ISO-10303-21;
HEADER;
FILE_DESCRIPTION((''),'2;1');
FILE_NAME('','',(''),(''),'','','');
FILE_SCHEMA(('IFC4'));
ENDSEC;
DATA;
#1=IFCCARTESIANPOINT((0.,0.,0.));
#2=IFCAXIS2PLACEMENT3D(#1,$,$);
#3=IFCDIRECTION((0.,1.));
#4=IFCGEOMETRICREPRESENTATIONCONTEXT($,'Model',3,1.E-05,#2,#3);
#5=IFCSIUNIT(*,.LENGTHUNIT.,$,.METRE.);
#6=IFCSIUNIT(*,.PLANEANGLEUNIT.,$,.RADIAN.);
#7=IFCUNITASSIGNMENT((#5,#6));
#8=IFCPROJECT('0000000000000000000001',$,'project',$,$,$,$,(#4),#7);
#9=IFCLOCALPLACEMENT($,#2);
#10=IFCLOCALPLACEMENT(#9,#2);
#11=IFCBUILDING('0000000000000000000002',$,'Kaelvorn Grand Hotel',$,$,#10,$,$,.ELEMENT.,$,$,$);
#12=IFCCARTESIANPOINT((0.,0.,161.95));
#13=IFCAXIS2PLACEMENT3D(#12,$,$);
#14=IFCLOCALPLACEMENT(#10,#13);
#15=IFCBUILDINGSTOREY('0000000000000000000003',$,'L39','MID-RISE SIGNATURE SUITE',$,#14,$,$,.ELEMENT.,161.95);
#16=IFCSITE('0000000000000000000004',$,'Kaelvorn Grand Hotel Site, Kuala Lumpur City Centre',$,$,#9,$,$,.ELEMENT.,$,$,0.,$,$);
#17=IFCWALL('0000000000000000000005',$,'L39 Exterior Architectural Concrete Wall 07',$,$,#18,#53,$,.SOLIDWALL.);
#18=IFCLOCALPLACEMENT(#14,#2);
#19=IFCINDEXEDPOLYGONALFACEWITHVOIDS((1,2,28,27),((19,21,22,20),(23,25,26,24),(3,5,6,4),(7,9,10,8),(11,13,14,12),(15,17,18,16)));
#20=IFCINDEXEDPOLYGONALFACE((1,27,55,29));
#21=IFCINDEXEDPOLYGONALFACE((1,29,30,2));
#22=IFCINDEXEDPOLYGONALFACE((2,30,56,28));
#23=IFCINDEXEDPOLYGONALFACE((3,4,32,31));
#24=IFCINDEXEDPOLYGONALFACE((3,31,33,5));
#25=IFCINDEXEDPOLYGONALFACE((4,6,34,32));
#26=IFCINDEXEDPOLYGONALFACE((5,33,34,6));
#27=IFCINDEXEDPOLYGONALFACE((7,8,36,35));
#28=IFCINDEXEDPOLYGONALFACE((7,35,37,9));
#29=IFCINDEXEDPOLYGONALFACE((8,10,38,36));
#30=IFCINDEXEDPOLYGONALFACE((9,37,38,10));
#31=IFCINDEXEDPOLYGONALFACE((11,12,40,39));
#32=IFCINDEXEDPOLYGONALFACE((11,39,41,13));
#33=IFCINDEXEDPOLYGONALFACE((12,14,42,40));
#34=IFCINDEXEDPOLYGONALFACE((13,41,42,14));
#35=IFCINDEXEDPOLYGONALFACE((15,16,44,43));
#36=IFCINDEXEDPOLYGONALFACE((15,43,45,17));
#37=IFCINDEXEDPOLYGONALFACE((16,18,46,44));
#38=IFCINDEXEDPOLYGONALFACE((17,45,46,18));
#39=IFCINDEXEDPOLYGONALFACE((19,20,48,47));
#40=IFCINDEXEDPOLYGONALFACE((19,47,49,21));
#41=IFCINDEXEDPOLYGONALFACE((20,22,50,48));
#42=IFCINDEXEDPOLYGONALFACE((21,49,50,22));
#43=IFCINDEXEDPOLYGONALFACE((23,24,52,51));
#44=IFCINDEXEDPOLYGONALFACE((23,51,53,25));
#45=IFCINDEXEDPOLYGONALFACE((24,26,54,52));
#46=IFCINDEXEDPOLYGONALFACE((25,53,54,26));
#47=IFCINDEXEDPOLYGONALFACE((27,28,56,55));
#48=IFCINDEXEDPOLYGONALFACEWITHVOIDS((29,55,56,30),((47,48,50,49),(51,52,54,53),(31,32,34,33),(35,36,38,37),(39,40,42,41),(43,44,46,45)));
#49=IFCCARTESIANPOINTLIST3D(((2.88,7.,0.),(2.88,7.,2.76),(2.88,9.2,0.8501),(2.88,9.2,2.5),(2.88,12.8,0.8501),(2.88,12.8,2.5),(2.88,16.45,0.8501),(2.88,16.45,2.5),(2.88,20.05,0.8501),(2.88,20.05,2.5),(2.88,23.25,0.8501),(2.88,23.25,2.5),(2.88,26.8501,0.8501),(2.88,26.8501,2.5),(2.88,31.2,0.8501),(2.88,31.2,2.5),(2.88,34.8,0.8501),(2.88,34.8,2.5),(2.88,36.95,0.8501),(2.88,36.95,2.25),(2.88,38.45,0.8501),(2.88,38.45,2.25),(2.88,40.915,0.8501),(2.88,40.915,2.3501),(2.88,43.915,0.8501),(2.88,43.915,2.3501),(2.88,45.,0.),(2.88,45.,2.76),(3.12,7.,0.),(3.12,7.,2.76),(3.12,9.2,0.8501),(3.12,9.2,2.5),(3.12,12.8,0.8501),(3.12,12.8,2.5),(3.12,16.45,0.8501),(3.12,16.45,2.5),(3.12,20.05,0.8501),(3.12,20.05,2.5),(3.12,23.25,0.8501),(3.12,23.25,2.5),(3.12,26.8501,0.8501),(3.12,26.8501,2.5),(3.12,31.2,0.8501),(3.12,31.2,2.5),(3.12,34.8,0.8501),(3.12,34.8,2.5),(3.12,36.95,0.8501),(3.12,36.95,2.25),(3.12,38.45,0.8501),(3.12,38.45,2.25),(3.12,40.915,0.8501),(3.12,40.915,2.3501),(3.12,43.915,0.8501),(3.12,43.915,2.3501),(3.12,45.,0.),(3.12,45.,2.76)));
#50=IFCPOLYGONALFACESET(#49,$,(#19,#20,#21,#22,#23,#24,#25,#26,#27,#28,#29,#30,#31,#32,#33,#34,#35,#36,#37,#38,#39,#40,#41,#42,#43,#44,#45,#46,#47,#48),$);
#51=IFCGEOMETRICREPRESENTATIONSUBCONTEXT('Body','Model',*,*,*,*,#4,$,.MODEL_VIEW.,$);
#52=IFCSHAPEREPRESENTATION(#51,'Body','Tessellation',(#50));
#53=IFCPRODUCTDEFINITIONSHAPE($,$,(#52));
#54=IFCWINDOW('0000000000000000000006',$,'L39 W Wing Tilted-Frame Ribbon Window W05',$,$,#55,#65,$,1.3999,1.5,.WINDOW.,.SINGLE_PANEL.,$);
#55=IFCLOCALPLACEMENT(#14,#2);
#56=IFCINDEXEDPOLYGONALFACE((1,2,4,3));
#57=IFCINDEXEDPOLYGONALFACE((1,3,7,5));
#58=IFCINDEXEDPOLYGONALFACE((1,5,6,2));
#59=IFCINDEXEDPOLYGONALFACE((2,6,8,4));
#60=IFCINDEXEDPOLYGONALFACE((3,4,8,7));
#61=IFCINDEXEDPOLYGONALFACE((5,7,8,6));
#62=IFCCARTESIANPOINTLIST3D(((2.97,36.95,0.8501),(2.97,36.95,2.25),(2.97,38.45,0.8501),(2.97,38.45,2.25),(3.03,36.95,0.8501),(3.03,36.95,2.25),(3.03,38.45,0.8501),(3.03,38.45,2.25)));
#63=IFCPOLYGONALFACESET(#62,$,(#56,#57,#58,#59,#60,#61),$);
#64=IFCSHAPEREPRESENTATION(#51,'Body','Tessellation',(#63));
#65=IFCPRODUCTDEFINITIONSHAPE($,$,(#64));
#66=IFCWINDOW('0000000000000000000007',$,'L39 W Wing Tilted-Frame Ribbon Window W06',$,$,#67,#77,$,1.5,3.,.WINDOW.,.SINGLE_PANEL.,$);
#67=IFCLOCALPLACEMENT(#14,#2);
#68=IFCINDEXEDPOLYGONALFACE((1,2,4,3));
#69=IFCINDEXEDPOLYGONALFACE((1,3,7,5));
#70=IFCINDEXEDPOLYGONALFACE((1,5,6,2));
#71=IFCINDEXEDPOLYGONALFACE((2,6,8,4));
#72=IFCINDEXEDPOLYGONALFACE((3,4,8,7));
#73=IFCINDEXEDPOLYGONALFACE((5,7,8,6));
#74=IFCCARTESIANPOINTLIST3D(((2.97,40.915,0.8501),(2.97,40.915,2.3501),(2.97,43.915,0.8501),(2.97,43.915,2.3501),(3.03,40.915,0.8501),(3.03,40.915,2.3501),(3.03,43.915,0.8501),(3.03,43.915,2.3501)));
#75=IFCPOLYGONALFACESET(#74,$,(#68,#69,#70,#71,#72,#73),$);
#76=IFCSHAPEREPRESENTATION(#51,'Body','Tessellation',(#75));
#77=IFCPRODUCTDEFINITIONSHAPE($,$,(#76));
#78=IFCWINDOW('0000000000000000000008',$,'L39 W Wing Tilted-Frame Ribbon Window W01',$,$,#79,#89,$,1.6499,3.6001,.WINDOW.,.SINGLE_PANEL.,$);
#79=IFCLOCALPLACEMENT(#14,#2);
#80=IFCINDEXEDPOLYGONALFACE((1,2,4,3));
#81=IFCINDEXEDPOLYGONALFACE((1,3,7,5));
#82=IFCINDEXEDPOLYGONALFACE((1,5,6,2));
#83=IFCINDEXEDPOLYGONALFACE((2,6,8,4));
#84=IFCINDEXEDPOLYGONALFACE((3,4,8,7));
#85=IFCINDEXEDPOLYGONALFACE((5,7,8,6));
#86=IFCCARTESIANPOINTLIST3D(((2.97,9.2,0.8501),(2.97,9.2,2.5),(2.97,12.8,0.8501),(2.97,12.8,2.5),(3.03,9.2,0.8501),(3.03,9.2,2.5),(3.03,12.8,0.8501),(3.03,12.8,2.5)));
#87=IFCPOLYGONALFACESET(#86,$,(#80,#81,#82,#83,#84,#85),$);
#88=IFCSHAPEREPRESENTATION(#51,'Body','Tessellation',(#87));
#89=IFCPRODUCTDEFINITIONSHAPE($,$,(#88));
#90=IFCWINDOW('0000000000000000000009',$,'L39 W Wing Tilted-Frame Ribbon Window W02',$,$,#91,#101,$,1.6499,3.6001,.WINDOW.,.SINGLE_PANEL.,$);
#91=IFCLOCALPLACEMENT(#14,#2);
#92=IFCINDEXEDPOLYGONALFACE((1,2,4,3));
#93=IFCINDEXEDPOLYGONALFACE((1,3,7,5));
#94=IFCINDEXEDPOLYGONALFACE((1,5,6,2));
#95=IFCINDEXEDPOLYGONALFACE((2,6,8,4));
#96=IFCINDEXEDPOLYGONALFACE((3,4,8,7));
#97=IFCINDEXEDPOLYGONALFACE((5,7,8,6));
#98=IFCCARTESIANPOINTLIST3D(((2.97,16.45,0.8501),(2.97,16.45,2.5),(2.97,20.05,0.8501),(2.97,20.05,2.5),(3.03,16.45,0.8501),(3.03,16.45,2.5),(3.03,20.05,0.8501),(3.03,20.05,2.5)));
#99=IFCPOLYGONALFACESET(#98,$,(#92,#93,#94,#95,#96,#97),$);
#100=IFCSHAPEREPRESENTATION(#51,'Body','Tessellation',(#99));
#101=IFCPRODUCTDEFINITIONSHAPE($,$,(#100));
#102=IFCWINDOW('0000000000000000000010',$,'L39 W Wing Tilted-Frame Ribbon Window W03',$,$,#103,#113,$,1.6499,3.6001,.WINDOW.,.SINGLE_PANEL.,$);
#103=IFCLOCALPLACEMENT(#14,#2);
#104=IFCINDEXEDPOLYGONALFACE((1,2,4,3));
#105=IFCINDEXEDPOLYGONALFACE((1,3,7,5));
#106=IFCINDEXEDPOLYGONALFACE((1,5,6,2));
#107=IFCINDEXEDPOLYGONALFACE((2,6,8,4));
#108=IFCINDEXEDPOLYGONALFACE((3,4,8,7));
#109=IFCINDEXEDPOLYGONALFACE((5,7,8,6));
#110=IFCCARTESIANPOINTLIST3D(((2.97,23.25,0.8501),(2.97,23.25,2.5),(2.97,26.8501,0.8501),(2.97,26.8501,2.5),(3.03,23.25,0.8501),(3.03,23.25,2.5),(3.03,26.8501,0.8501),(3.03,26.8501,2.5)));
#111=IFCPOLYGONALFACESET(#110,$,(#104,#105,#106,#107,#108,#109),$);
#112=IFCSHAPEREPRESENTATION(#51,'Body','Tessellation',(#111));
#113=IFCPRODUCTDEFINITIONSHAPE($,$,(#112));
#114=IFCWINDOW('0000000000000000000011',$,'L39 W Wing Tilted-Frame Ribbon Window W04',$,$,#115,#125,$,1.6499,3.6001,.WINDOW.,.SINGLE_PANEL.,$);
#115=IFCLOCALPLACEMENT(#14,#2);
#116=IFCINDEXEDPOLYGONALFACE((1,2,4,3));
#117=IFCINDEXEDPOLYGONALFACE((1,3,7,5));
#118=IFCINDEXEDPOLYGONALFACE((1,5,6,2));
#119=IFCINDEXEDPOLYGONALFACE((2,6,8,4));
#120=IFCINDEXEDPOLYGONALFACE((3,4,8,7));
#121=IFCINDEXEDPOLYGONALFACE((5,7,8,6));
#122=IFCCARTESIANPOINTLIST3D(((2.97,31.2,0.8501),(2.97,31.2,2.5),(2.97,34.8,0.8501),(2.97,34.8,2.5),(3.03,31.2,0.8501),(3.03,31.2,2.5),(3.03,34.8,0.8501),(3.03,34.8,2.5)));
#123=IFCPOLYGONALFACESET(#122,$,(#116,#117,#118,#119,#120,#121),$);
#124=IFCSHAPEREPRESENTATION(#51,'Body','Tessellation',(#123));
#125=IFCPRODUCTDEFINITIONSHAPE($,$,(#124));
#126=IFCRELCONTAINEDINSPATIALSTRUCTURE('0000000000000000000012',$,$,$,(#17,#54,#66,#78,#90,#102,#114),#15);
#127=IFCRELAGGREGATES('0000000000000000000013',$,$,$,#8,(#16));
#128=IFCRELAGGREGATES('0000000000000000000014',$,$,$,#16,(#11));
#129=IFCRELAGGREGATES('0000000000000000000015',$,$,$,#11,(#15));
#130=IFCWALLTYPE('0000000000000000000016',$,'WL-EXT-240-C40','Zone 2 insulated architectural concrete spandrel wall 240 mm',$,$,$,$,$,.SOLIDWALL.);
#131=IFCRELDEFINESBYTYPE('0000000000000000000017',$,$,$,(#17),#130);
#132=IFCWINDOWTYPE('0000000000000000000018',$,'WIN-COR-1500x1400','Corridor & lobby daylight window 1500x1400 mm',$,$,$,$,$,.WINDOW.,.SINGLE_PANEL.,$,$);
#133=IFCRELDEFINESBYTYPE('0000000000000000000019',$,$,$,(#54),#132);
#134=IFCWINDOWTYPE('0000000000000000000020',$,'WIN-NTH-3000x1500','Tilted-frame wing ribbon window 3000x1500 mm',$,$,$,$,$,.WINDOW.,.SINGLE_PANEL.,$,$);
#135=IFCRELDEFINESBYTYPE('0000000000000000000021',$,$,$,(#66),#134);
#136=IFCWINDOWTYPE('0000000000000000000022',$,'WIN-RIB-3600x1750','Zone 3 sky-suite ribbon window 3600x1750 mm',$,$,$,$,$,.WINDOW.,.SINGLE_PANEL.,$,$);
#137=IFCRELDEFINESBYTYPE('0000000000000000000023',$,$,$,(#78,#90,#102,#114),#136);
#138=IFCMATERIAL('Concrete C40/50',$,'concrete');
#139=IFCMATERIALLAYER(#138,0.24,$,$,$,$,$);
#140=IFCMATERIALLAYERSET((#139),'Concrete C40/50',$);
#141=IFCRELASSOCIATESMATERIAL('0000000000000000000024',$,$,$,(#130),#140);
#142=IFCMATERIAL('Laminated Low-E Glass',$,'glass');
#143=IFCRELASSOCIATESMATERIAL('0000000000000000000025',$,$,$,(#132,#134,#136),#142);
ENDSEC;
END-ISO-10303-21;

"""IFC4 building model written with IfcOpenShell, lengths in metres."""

from ifc_helpers import new_model, si_unit, direction, frame, frame_2d, origin, place, context, subcontext, project, spatial, rectangle, extrude, material, layer, layer_set, type_object, element, fill, save


model = new_model("IFC4")

# Units and contexts
model_context = context("Model", 3, precision=1e-05, world=origin(), true_north=direction((0.0, 1.0)))
body_context = subcontext(model_context, "Body", "Model", "MODEL_VIEW")
ifc_project = project(units=[si_unit("LENGTHUNIT", "METRE"), si_unit("PLANEANGLEUNIT", "RADIAN")], contexts=[model_context])

# Site, building, storey
site_placement = place(None, origin())
site = spatial("IfcSite", under=ifc_project, at=site_placement, Name="Kaelvorn Grand Hotel Site, Kuala Lumpur City Centre", CompositionType="ELEMENT", RefElevation=0.0)
building_placement = place(site_placement, origin())
building = spatial("IfcBuilding", under=site, at=building_placement, Name="Kaelvorn Grand Hotel", CompositionType="ELEMENT")
storey_placement = place(building_placement, frame((0.0, 0.0, 161.95)))
storey = spatial("IfcBuildingStorey", under=building, at=storey_placement, Name="L39", Description="MID-RISE SIGNATURE SUITE", CompositionType="ELEMENT", Elevation=161.95)

# Shared definitions
ifc_material_1 = material(Name="Concrete C40/50", Category="concrete")
ifc_layer_1 = layer(ifc_material_1, 0.24)
ifc_layer_set_1 = layer_set([ifc_layer_1], Name="Concrete C40/50")
wall_type = type_object("IfcWallType", Name="WL-EXT-240-C40", Description="Zone 2 insulated architectural concrete spandrel wall 240 mm", PredefinedType="SOLIDWALL", material=ifc_layer_set_1)
ifc_material_2 = material(Name="Laminated Low-E Glass", Category="glass")

# Wall, openings, windows
wall_1_placement = place(storey_placement, frame((3.0, 45.0, 0.0), z_axis=(0.0, 0.0, 1.0), x_axis=(0.0, -1.0, 0.0)))
wall_1 = element("IfcWall", 1, at=wall_1_placement, inside=storey, type_object=wall_type, Name="L39 Exterior Architectural Concrete Wall 07", PredefinedType="SOLIDWALL", context=body_context, shape_type="SweptSolid", body=[
    extrude(rectangle(XDim=38.0, YDim=0.24, at=frame_2d((19.0, 0.0))), origin(), (0.0, 0.0, 1.0), 2.76),
])
opening_1_placement = place(wall_1_placement, frame((32.2, 0.0, 0.8501)))
opening_1 = element("IfcOpeningElement", 2, at=opening_1_placement, cuts=wall_1, PredefinedType="OPENING", context=body_context, shape_type="SweptSolid", body=[
    extrude(rectangle(XDim=3.6001, YDim=1.6499, at=frame_2d((1.8, 0.825))), frame((0.0, 0.1299, 0.0), z_axis=(0.0, -1.0, 0.0), x_axis=(1.0, 0.0, 0.0)), (0.0, 0.0, 1.0), 0.26),
])
opening_2_placement = place(wall_1_placement, frame((24.95, 0.0, 0.8501)))
opening_2 = element("IfcOpeningElement", 3, at=opening_2_placement, cuts=wall_1, PredefinedType="OPENING", context=body_context, shape_type="SweptSolid", body=[
    extrude(rectangle(XDim=3.6001, YDim=1.6499, at=frame_2d((1.8, 0.825))), frame((0.0, 0.1299, 0.0), z_axis=(0.0, -1.0, 0.0), x_axis=(1.0, 0.0, 0.0)), (0.0, 0.0, 1.0), 0.26),
])
opening_3_placement = place(wall_1_placement, frame((18.1499, 0.0, 0.8501)))
opening_3 = element("IfcOpeningElement", 4, at=opening_3_placement, cuts=wall_1, PredefinedType="OPENING", context=body_context, shape_type="SweptSolid", body=[
    extrude(rectangle(XDim=3.6001, YDim=1.6499, at=frame_2d((1.8, 0.825))), frame((0.0, 0.1299, 0.0), z_axis=(0.0, -1.0, 0.0), x_axis=(1.0, 0.0, 0.0)), (0.0, 0.0, 1.0), 0.26),
])
opening_4_placement = place(wall_1_placement, frame((10.2, 0.0, 0.8501)))
opening_4 = element("IfcOpeningElement", 5, at=opening_4_placement, cuts=wall_1, PredefinedType="OPENING", context=body_context, shape_type="SweptSolid", body=[
    extrude(rectangle(XDim=3.6001, YDim=1.6499, at=frame_2d((1.8, 0.825))), frame((0.0, 0.1299, 0.0), z_axis=(0.0, -1.0, 0.0), x_axis=(1.0, 0.0, 0.0)), (0.0, 0.0, 1.0), 0.26),
])
opening_5_placement = place(wall_1_placement, frame((6.55, 0.0, 0.8501)))
opening_5 = element("IfcOpeningElement", 6, at=opening_5_placement, cuts=wall_1, PredefinedType="OPENING", context=body_context, shape_type="SweptSolid", body=[
    extrude(rectangle(XDim=1.5, YDim=1.3999, at=frame_2d((0.75, 0.7))), frame((0.0, 0.1299, 0.0), z_axis=(0.0, -1.0, 0.0), x_axis=(1.0, 0.0, 0.0)), (0.0, 0.0, 1.0), 0.26),
])
opening_6_placement = place(wall_1_placement, frame((1.085, 0.0, 0.8501)))
opening_6 = element("IfcOpeningElement", 7, at=opening_6_placement, cuts=wall_1, PredefinedType="OPENING", context=body_context, shape_type="SweptSolid", body=[
    extrude(rectangle(XDim=3.0, YDim=1.5, at=frame_2d((1.5, 0.75))), frame((0.0, 0.1299, 0.0), z_axis=(0.0, -1.0, 0.0), x_axis=(1.0, 0.0, 0.0)), (0.0, 0.0, 1.0), 0.26),
])
window_type_1 = type_object("IfcWindowType", Name="WIN-COR-1500x1400", Description="Corridor & lobby daylight window 1500x1400 mm", PartitioningType="SINGLE_PANEL", PredefinedType="WINDOW", material=ifc_material_2)
window_1_placement = place(opening_5_placement, origin())
window_1 = element("IfcWindow", 8, at=window_1_placement, inside=storey, type_object=window_type_1, Name="L39 W Wing Tilted-Frame Ribbon Window W05", OverallHeight=1.3999, OverallWidth=1.5, PartitioningType="SINGLE_PANEL", PredefinedType="WINDOW", context=body_context, shape_type="SweptSolid", body=[
    extrude(rectangle(XDim=1.5, YDim=1.3999, at=frame_2d((0.75, 0.7))), frame((0.0, 0.03, 0.0), z_axis=(0.0, -1.0, 0.0), x_axis=(1.0, 0.0, 0.0)), (0.0, 0.0, 1.0), 0.0601),
])
fill(opening_5, window_1)
window_type_2 = type_object("IfcWindowType", Name="WIN-NTH-3000x1500", Description="Tilted-frame wing ribbon window 3000x1500 mm", PartitioningType="SINGLE_PANEL", PredefinedType="WINDOW", material=ifc_material_2)
window_2_placement = place(opening_6_placement, origin())
window_2 = element("IfcWindow", 9, at=window_2_placement, inside=storey, type_object=window_type_2, Name="L39 W Wing Tilted-Frame Ribbon Window W06", OverallHeight=1.5, OverallWidth=3.0, PartitioningType="SINGLE_PANEL", PredefinedType="WINDOW", context=body_context, shape_type="SweptSolid", body=[
    extrude(rectangle(XDim=3.0, YDim=1.5, at=frame_2d((1.5, 0.75))), frame((0.0, 0.03, 0.0), z_axis=(0.0, -1.0, 0.0), x_axis=(1.0, 0.0, 0.0)), (0.0, 0.0, 1.0), 0.0601),
])
fill(opening_6, window_2)
window_type_3 = type_object("IfcWindowType", Name="WIN-RIB-3600x1750", Description="Zone 3 sky-suite ribbon window 3600x1750 mm", PartitioningType="SINGLE_PANEL", PredefinedType="WINDOW", material=ifc_material_2)
window_3_placement = place(opening_1_placement, origin())
window_3 = element("IfcWindow", 10, at=window_3_placement, inside=storey, type_object=window_type_3, Name="L39 W Wing Tilted-Frame Ribbon Window W01", OverallHeight=1.6499, OverallWidth=3.6001, PartitioningType="SINGLE_PANEL", PredefinedType="WINDOW", context=body_context, shape_type="SweptSolid", body=[
    extrude(rectangle(XDim=3.6001, YDim=1.6499, at=frame_2d((1.8, 0.825))), frame((0.0, 0.03, 0.0), z_axis=(0.0, -1.0, 0.0), x_axis=(1.0, 0.0, 0.0)), (0.0, 0.0, 1.0), 0.0601),
])
fill(opening_1, window_3)
window_4_placement = place(opening_2_placement, origin())
window_4 = element("IfcWindow", 11, at=window_4_placement, inside=storey, type_object=window_type_3, Name="L39 W Wing Tilted-Frame Ribbon Window W02", OverallHeight=1.6499, OverallWidth=3.6001, PartitioningType="SINGLE_PANEL", PredefinedType="WINDOW", context=body_context, shape_type="SweptSolid", body=[
    extrude(rectangle(XDim=3.6001, YDim=1.6499, at=frame_2d((1.8, 0.825))), frame((0.0, 0.03, 0.0), z_axis=(0.0, -1.0, 0.0), x_axis=(1.0, 0.0, 0.0)), (0.0, 0.0, 1.0), 0.0601),
])
fill(opening_2, window_4)
window_5_placement = place(opening_3_placement, origin())
window_5 = element("IfcWindow", 12, at=window_5_placement, inside=storey, type_object=window_type_3, Name="L39 W Wing Tilted-Frame Ribbon Window W03", OverallHeight=1.6499, OverallWidth=3.6001, PartitioningType="SINGLE_PANEL", PredefinedType="WINDOW", context=body_context, shape_type="SweptSolid", body=[
    extrude(rectangle(XDim=3.6001, YDim=1.6499, at=frame_2d((1.8, 0.825))), frame((0.0, 0.03, 0.0), z_axis=(0.0, -1.0, 0.0), x_axis=(1.0, 0.0, 0.0)), (0.0, 0.0, 1.0), 0.0601),
])
fill(opening_3, window_5)
window_6_placement = place(opening_4_placement, origin())
window_6 = element("IfcWindow", 13, at=window_6_placement, inside=storey, type_object=window_type_3, Name="L39 W Wing Tilted-Frame Ribbon Window W04", OverallHeight=1.6499, OverallWidth=3.6001, PartitioningType="SINGLE_PANEL", PredefinedType="WINDOW", context=body_context, shape_type="SweptSolid", body=[
    extrude(rectangle(XDim=3.6001, YDim=1.6499, at=frame_2d((1.8, 0.825))), frame((0.0, 0.03, 0.0), z_axis=(0.0, -1.0, 0.0), x_axis=(1.0, 0.0, 0.0)), (0.0, 0.0, 1.0), 0.0601),
])
fill(opening_4, window_6)

save(model, "model.ifc")
